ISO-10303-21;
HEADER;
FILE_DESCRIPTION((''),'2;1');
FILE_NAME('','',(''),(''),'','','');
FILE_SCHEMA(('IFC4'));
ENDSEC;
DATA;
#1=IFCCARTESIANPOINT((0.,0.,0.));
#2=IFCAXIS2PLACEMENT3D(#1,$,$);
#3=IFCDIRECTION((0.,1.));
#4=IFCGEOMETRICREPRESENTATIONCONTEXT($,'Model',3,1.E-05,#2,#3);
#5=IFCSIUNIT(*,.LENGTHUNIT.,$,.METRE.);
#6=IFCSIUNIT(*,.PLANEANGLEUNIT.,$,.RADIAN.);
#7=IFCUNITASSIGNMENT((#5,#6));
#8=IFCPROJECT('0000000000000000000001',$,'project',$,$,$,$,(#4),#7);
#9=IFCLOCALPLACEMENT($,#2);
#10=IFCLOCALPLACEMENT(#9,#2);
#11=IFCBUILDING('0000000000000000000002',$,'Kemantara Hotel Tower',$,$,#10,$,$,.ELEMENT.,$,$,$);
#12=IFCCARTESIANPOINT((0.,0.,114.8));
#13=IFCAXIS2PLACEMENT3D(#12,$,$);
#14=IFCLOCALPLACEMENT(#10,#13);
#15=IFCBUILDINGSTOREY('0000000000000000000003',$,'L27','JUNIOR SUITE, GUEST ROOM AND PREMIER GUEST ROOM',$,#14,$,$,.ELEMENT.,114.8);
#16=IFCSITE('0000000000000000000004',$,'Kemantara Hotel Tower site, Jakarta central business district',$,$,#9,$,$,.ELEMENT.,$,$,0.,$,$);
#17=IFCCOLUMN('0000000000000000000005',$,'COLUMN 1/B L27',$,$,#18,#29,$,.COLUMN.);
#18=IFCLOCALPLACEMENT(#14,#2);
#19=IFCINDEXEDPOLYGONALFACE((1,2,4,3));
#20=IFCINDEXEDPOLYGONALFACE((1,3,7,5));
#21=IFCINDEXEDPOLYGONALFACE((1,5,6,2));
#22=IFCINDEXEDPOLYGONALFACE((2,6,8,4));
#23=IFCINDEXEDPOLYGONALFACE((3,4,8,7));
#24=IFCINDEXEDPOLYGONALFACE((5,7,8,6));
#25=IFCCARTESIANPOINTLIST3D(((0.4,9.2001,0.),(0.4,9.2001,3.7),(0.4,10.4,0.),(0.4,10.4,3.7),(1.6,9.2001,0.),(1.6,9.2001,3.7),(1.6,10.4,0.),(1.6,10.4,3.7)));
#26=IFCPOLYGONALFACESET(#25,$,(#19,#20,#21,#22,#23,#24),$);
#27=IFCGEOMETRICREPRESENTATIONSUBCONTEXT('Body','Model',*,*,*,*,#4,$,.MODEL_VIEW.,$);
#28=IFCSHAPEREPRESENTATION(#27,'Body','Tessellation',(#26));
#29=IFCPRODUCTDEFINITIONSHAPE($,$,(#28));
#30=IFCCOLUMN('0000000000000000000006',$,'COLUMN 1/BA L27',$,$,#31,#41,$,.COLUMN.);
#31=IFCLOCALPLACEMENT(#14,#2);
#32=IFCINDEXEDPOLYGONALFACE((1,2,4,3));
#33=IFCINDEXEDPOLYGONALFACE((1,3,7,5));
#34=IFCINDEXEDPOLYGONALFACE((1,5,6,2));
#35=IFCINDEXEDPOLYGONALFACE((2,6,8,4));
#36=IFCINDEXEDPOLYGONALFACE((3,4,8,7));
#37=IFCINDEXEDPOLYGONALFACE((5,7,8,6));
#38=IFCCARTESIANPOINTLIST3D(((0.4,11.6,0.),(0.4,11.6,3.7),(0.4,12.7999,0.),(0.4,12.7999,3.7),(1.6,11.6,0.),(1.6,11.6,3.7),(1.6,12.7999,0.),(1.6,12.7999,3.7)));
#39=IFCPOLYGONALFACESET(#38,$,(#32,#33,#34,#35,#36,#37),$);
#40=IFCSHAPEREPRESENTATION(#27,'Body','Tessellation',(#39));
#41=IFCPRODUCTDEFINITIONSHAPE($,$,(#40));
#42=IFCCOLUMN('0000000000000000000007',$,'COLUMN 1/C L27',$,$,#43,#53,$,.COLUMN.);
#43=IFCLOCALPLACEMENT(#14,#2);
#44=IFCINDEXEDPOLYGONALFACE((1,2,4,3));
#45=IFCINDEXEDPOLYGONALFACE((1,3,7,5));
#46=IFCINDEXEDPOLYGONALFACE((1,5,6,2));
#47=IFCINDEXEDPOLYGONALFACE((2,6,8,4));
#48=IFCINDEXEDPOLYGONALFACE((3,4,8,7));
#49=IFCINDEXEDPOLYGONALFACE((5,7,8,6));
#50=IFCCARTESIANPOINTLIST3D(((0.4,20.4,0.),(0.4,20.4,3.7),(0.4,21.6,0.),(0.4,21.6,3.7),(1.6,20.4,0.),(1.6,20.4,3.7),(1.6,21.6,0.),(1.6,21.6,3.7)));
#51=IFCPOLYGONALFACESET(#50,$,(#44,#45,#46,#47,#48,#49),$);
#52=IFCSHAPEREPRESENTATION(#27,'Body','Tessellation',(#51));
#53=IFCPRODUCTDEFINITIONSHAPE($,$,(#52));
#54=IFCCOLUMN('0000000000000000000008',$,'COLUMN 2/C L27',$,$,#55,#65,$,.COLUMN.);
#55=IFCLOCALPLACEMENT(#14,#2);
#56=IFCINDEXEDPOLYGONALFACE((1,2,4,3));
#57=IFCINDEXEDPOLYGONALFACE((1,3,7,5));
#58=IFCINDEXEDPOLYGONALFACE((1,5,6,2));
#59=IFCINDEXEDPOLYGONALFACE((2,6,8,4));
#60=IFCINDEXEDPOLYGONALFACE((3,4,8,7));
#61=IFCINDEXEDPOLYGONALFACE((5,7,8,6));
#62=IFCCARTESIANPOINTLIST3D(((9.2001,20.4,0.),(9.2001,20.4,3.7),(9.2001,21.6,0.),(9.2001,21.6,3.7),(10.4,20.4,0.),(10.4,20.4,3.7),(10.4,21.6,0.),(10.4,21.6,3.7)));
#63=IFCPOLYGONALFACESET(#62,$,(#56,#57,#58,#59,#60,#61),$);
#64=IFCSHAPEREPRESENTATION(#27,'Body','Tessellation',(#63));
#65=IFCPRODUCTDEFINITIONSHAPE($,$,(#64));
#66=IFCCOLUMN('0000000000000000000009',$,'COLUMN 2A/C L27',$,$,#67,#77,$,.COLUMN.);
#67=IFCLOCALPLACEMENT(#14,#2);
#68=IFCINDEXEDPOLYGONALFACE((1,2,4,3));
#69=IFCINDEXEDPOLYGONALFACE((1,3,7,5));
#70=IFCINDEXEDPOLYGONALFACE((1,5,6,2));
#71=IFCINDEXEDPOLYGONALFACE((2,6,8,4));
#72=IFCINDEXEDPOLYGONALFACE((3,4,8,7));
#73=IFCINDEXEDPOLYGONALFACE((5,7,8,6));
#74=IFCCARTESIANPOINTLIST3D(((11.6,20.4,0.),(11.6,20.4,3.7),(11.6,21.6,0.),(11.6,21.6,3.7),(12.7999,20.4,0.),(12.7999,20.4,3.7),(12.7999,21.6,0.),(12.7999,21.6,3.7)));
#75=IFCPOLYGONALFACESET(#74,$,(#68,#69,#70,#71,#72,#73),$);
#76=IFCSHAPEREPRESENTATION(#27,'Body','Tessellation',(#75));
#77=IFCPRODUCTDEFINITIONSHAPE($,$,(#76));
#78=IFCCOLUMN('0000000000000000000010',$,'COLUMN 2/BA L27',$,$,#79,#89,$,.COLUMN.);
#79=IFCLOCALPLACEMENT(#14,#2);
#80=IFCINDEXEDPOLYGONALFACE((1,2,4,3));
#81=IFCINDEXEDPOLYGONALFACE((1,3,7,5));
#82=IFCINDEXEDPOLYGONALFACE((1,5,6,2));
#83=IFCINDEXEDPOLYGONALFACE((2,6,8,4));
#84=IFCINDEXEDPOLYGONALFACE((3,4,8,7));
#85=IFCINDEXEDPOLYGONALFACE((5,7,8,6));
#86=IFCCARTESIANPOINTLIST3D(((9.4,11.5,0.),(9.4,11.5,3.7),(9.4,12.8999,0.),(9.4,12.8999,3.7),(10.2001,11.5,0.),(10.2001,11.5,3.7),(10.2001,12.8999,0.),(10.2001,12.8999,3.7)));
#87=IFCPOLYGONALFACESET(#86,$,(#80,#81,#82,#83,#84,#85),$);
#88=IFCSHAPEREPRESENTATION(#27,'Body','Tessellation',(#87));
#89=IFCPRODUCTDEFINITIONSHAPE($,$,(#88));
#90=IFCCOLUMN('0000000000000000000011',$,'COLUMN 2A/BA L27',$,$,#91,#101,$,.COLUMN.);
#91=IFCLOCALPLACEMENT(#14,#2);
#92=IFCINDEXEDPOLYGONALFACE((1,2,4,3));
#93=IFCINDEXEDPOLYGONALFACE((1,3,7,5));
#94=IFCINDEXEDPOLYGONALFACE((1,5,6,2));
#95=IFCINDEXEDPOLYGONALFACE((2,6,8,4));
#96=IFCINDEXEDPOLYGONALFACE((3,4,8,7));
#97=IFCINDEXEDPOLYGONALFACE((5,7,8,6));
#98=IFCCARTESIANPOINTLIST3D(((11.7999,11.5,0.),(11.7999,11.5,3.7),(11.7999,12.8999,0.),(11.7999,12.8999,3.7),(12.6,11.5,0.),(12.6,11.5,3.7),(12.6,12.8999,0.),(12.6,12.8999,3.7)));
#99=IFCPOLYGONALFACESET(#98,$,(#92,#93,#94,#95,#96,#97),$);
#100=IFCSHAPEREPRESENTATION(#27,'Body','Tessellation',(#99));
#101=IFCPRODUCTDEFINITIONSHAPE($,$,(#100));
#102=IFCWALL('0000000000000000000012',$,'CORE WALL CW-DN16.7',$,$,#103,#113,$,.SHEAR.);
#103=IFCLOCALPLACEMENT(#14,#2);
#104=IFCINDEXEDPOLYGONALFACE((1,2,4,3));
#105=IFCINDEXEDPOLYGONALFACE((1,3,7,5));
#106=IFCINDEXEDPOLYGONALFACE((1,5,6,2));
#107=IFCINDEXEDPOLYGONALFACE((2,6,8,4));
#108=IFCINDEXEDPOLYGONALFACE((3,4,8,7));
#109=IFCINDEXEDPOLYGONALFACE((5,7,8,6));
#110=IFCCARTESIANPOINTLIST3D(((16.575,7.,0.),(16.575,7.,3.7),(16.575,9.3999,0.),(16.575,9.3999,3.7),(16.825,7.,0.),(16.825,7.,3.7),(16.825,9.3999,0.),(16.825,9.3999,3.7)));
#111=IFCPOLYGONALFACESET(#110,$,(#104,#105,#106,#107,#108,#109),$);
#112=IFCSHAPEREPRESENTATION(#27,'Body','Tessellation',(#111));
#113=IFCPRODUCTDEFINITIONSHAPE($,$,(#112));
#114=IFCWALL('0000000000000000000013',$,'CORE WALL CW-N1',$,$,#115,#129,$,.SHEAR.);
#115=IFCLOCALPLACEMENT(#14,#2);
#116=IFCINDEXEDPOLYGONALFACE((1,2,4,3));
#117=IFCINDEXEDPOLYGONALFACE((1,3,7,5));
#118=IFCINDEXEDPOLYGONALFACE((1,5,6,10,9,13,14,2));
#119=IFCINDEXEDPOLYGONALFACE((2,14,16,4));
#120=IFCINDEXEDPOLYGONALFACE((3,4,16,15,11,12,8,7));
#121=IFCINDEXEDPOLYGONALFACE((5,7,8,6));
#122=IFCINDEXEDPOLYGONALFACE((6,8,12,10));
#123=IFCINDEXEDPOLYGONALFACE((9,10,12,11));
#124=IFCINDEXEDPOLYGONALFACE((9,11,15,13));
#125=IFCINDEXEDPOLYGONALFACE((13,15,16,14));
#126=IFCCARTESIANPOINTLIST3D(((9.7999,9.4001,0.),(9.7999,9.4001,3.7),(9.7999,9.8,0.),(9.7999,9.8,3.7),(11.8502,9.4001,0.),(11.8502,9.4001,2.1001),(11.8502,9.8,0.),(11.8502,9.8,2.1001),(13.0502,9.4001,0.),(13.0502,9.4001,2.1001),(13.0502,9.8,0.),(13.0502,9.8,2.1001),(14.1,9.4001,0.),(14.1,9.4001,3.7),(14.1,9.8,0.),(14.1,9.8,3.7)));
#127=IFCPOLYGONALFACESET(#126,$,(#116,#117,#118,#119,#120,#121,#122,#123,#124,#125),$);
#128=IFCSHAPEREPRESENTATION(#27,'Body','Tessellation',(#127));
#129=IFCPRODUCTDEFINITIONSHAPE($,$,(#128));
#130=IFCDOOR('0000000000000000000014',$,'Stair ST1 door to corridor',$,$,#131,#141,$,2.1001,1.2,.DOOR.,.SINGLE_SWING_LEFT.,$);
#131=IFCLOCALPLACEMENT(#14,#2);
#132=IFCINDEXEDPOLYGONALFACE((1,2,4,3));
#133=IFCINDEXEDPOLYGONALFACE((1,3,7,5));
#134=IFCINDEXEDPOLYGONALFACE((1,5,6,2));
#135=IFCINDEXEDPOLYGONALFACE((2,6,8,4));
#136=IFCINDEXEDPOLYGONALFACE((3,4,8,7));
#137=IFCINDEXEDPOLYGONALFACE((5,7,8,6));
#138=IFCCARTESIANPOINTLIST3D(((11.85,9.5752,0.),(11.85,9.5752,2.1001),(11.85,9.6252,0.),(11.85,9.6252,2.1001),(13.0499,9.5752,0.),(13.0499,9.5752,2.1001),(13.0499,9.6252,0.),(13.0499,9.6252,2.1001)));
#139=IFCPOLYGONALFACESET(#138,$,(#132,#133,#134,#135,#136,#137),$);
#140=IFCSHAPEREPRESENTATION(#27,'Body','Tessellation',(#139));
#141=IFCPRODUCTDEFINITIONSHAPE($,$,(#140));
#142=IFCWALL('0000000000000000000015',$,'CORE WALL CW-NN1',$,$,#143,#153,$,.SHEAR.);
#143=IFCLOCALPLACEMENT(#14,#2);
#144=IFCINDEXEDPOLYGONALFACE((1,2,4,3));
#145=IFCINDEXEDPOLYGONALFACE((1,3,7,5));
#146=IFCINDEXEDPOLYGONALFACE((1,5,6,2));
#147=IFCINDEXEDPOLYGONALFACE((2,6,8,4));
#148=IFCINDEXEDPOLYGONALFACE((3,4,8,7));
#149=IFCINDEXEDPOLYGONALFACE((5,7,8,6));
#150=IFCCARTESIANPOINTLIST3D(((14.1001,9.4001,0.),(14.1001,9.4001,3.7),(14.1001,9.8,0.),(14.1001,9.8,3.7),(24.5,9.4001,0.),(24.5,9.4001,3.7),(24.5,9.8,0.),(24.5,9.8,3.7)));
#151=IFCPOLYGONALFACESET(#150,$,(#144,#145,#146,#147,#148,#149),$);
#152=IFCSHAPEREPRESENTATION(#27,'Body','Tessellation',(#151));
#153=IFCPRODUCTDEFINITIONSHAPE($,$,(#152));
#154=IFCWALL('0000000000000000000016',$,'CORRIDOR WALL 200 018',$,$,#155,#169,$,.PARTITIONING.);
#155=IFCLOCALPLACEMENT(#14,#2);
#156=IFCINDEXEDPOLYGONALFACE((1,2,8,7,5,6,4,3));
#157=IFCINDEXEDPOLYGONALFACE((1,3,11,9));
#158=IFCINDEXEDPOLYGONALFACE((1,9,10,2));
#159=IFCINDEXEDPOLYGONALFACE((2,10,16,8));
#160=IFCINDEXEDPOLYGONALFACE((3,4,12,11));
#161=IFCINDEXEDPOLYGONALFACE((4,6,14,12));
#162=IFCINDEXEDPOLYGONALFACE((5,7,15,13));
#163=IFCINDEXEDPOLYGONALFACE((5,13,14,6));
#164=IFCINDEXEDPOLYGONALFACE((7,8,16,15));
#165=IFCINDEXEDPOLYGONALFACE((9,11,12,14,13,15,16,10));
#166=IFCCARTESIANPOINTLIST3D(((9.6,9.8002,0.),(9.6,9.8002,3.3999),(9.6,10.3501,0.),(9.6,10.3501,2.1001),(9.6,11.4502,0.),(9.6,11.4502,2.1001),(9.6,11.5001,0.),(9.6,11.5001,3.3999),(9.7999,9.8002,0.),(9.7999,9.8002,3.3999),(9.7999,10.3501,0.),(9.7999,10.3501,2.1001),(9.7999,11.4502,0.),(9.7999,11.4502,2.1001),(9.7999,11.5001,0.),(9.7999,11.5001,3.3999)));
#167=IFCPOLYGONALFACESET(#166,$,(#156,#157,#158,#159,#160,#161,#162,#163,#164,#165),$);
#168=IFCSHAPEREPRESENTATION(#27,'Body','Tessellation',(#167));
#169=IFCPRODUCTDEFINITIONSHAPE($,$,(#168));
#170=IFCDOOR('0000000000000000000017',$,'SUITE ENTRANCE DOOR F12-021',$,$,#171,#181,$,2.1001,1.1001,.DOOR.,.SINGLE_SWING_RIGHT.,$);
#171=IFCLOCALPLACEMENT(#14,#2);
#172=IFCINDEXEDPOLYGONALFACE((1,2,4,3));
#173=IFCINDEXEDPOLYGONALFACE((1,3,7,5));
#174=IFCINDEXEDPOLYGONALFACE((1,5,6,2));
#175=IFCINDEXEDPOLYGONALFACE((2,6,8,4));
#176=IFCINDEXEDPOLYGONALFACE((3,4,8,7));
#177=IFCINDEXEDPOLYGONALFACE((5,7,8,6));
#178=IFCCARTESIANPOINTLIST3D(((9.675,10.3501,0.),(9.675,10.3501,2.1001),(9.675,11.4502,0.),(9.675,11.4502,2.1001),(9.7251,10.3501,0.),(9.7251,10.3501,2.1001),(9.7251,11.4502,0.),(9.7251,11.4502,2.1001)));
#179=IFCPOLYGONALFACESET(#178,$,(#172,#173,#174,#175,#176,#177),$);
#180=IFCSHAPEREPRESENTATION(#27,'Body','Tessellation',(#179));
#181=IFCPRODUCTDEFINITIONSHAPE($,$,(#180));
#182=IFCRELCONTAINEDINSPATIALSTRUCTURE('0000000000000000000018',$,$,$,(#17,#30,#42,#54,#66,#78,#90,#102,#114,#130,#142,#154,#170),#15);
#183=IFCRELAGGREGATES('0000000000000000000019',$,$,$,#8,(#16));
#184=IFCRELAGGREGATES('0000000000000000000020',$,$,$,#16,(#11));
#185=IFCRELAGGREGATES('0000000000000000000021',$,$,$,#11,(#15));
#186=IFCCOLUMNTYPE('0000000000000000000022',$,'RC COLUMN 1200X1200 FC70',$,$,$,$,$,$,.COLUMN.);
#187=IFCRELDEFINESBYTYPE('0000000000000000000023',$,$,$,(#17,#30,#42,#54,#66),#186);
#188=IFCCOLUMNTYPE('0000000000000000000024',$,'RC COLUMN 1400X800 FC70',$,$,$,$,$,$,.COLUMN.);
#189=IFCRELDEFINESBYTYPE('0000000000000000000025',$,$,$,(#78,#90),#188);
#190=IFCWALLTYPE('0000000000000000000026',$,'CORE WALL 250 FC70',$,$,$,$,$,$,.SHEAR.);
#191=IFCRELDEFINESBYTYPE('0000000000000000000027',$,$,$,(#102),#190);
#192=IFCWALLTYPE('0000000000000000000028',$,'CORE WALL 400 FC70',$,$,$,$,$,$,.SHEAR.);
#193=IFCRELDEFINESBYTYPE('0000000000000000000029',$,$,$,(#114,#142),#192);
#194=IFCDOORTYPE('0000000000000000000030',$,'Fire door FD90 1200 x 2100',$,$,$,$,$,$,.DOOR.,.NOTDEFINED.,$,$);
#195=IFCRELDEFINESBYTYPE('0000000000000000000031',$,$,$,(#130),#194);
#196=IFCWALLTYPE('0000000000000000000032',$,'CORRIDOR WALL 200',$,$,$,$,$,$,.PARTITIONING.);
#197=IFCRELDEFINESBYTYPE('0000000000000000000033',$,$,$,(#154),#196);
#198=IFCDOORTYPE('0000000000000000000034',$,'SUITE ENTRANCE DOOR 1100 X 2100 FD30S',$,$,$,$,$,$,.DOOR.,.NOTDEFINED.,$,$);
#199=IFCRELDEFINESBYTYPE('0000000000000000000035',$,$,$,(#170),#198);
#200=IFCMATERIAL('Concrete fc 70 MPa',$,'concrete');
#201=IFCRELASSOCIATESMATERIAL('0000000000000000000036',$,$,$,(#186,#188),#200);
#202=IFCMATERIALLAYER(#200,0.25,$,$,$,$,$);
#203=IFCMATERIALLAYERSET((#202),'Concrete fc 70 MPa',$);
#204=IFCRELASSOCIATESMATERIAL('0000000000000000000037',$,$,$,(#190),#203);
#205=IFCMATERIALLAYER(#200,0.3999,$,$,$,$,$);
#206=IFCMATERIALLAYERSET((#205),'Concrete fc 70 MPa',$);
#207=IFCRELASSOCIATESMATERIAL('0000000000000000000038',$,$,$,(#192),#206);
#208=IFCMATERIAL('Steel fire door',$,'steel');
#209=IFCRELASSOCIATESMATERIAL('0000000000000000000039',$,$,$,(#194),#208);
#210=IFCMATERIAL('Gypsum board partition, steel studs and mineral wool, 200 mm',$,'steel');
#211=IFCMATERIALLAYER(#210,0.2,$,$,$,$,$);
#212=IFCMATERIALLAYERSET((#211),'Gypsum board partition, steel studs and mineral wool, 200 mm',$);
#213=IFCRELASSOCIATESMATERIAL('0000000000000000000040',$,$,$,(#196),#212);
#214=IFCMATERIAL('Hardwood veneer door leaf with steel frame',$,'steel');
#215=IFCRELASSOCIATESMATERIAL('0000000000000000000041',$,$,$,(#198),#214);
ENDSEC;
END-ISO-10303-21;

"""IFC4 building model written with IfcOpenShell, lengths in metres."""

from ifc_helpers import new_model, si_unit, direction, frame, frame_2d, origin, origin_2d, place, context, subcontext, project, spatial, rectangle, extrude, material, layer, layer_set, material_profile, profile_set, type_object, element, fill, save


model = new_model("IFC4")

# Units and contexts
model_context = context("Model", 3, precision=1e-05, world=origin(), true_north=direction((0.0, 1.0)))
body_context = subcontext(model_context, "Body", "Model", "MODEL_VIEW")
ifc_project = project(units=[si_unit("LENGTHUNIT", "METRE"), si_unit("PLANEANGLEUNIT", "RADIAN")], contexts=[model_context])

# Site, building, storey
site_placement = place(None, origin())
site = spatial("IfcSite", under=ifc_project, at=site_placement, Name="Kemantara Hotel Tower site, Jakarta central business district", CompositionType="ELEMENT", RefElevation=0.0)
building_placement = place(site_placement, origin())
building = spatial("IfcBuilding", under=site, at=building_placement, Name="Kemantara Hotel Tower", CompositionType="ELEMENT")
storey_placement = place(building_placement, frame((0.0, 0.0, 114.8)))
storey = spatial("IfcBuildingStorey", under=building, at=storey_placement, Name="L27", Description="JUNIOR SUITE, GUEST ROOM AND PREMIER GUEST ROOM", CompositionType="ELEMENT", Elevation=114.8)

# Columns
ifc_material_1 = material(Name="Concrete fc 70 MPa", Category="concrete")
ifc_material_profile_1 = material_profile(ifc_material_1, rectangle(XDim=1.2, YDim=1.2, at=origin_2d()), Name="RC 1200X1200")
ifc_profile_set_1 = profile_set([ifc_material_profile_1], Name="Concrete fc 70 MPa")
column_type_1 = type_object("IfcColumnType", Name="RC COLUMN 1200X1200 FC70", PredefinedType="COLUMN", material=ifc_profile_set_1)
for number, where, z_axis, x_axis, name in (
    (1, (1.0, 9.8, 0.0), (0.0, 0.0, 1.0), (1.0, 0.0, 0.0), "COLUMN 1/B L27"),
    (2, (1.0, 12.2, 0.0), (0.0, 0.0, 1.0), (1.0, 0.0, 0.0), "COLUMN 1/BA L27"),
    (3, (1.0, 21.0, 0.0), (0.0, 0.0, 1.0), (1.0, 0.0, 0.0), "COLUMN 1/C L27"),
    (4, (9.8, 21.0, 0.0), (0.0, 0.0, 1.0), (1.0, 0.0, 0.0), "COLUMN 2/C L27"),
    (5, (12.2, 21.0, 0.0), (0.0, 0.0, 1.0), (1.0, 0.0, 0.0), "COLUMN 2A/C L27"),
):
    element("IfcColumn", number, at=place(storey_placement, frame(where, z_axis=z_axis, x_axis=x_axis)), inside=storey, type_object=column_type_1, Name=name, PredefinedType="COLUMN", context=body_context, shape_type="SweptSolid", body=[
        extrude(rectangle(XDim=1.2, YDim=1.2, at=origin_2d()), origin(), (0.0, 0.0, 1.0), 3.7),
    ])
ifc_material_profile_2 = material_profile(ifc_material_1, rectangle(XDim=1.3999, YDim=0.8, at=origin_2d()), Name="RC 1400X800")
ifc_profile_set_2 = profile_set([ifc_material_profile_2], Name="Concrete fc 70 MPa")
column_type_2 = type_object("IfcColumnType", Name="RC COLUMN 1400X800 FC70", PredefinedType="COLUMN", material=ifc_profile_set_2)
for number, where, z_axis, x_axis, name in (
    (6, (9.8, 12.2, 0.0), (0.0, 0.0, 1.0), (0.0, 1.0, 0.0), "COLUMN 2/BA L27"),
    (7, (12.2, 12.2, 0.0), (0.0, 0.0, 1.0), (0.0, 1.0, 0.0), "COLUMN 2A/BA L27"),
):
    element("IfcColumn", number, at=place(storey_placement, frame(where, z_axis=z_axis, x_axis=x_axis)), inside=storey, type_object=column_type_2, Name=name, PredefinedType="COLUMN", context=body_context, shape_type="SweptSolid", body=[
        extrude(rectangle(XDim=1.3999, YDim=0.8, at=origin_2d()), origin(), (0.0, 0.0, 1.0), 3.7),
    ])

# Wall
ifc_layer_1 = layer(ifc_material_1, 0.25)
ifc_layer_set_1 = layer_set([ifc_layer_1], Name="Concrete fc 70 MPa")
wall_type_1 = type_object("IfcWallType", Name="CORE WALL 250 FC70", PredefinedType="SHEAR", material=ifc_layer_set_1)
wall_1_placement = place(storey_placement, frame((16.7, 7.0, 0.0), z_axis=(0.0, 0.0, 1.0), x_axis=(0.0, 1.0, 0.0)))
element("IfcWall", 8, at=wall_1_placement, inside=storey, type_object=wall_type_1, Name="CORE WALL CW-DN16.7", PredefinedType="SHEAR", context=body_context, shape_type="SweptSolid", body=[
    extrude(rectangle(XDim=2.3999, YDim=0.25, at=frame_2d((1.2, 0.0))), origin(), (0.0, 0.0, 1.0), 3.7),
])

# Wall, opening, door
ifc_layer_2 = layer(ifc_material_1, 0.3999)
ifc_layer_set_2 = layer_set([ifc_layer_2], Name="Concrete fc 70 MPa")
wall_type_2 = type_object("IfcWallType", Name="CORE WALL 400 FC70", PredefinedType="SHEAR", material=ifc_layer_set_2)
wall_2_placement = place(storey_placement, frame((9.8, 9.6001, 0.0), z_axis=(0.0, 0.0, 1.0), x_axis=(1.0, 0.0, 0.0)))
wall_2 = element("IfcWall", 9, at=wall_2_placement, inside=storey, type_object=wall_type_2, Name="CORE WALL CW-N1", PredefinedType="SHEAR", context=body_context, shape_type="SweptSolid", body=[
    extrude(rectangle(XDim=4.3, YDim=0.3999, at=frame_2d((2.1499, 0.0))), origin(), (0.0, 0.0, 1.0), 3.7),
])
opening_1_placement = place(wall_2_placement, frame((2.05, 0.0, 0.0)))
opening_1 = element("IfcOpeningElement", 10, at=opening_1_placement, cuts=wall_2, PredefinedType="OPENING", context=body_context, shape_type="SweptSolid", body=[
    extrude(rectangle(XDim=1.2, YDim=2.1001, at=frame_2d((0.6001, 1.05))), frame((0.0, 0.21, 0.0), z_axis=(0.0, -1.0, 0.0), x_axis=(1.0, 0.0, 0.0)), (0.0, 0.0, 1.0), 0.4199),
])
ifc_material_2 = material(Name="Steel fire door", Category="steel")
door_type_1 = type_object("IfcDoorType", Name="Fire door FD90 1200 x 2100", OperationType="NOTDEFINED", PredefinedType="DOOR", material=ifc_material_2)
door_1_placement = place(opening_1_placement, frame((1.2, 0.0, 0.0), z_axis=(0.0, 0.0, 1.0), x_axis=(-1.0, 0.0, 0.0)))
door_1 = element("IfcDoor", 11, at=door_1_placement, inside=storey, type_object=door_type_1, Name="Stair ST1 door to corridor", OperationType="SINGLE_SWING_LEFT", OverallHeight=2.1001, OverallWidth=1.2, PredefinedType="DOOR", context=body_context, shape_type="SweptSolid", body=[
    extrude(rectangle(XDim=1.2, YDim=2.1001, at=frame_2d((0.6001, 1.05))), frame((0.0, 0.0249, 0.0), z_axis=(0.0, -1.0, 0.0), x_axis=(1.0, 0.0, 0.0)), (0.0, 0.0, 1.0), 0.05),
])
fill(opening_1, door_1)

# Wall
wall_3_placement = place(storey_placement, frame((14.1001, 9.6001, 0.0), z_axis=(0.0, 0.0, 1.0), x_axis=(1.0, 0.0, 0.0)))
element("IfcWall", 12, at=wall_3_placement, inside=storey, type_object=wall_type_2, Name="CORE WALL CW-NN1", PredefinedType="SHEAR", context=body_context, shape_type="SweptSolid", body=[
    extrude(rectangle(XDim=10.3999, YDim=0.3999, at=frame_2d((5.2, 0.0))), origin(), (0.0, 0.0, 1.0), 3.7),
])

# Wall, opening, door
ifc_material_3 = material(Name="Gypsum board partition, steel studs and mineral wool, 200 mm", Category="steel")
ifc_layer_3 = layer(ifc_material_3, 0.2)
ifc_layer_set_3 = layer_set([ifc_layer_3], Name="Gypsum board partition, steel studs and mineral wool, 200 mm")
wall_type_3 = type_object("IfcWallType", Name="CORRIDOR WALL 200", PredefinedType="PARTITIONING", material=ifc_layer_set_3)
wall_4_placement = place(storey_placement, frame((9.7, 9.8, 0.0), z_axis=(0.0, 0.0, 1.0), x_axis=(0.0, 1.0, 0.0)))
wall_4 = element("IfcWall", 13, at=wall_4_placement, inside=storey, type_object=wall_type_3, Name="CORRIDOR WALL 200 018", PredefinedType="PARTITIONING", context=body_context, shape_type="SweptSolid", body=[
    extrude(rectangle(XDim=1.7, YDim=0.2, at=frame_2d((0.8501, 0.0))), origin(), (0.0, 0.0, 1.0), 3.3999),
])
opening_2_placement = place(wall_4_placement, frame((0.55, 0.0, 0.0)))
opening_2 = element("IfcOpeningElement", 14, at=opening_2_placement, cuts=wall_4, PredefinedType="OPENING", context=body_context, shape_type="SweptSolid", body=[
    extrude(rectangle(XDim=1.1001, YDim=2.1001, at=frame_2d((0.55, 1.05))), frame((0.0, 0.1099, 0.0), z_axis=(0.0, -1.0, 0.0), x_axis=(1.0, 0.0, 0.0)), (0.0, 0.0, 1.0), 0.22),
])
ifc_material_4 = material(Name="Hardwood veneer door leaf with steel frame", Category="steel")
door_type_2 = type_object("IfcDoorType", Name="SUITE ENTRANCE DOOR 1100 X 2100 FD30S", OperationType="NOTDEFINED", PredefinedType="DOOR", material=ifc_material_4)
door_2_placement = place(opening_2_placement, origin())
door_2 = element("IfcDoor", 15, at=door_2_placement, inside=storey, type_object=door_type_2, Name="SUITE ENTRANCE DOOR F12-021", OperationType="SINGLE_SWING_RIGHT", OverallHeight=2.1001, OverallWidth=1.1001, PredefinedType="DOOR", context=body_context, shape_type="SweptSolid", body=[
    extrude(rectangle(XDim=1.1001, YDim=2.1001, at=frame_2d((0.55, 1.05))), frame((0.0, 0.0249, 0.0), z_axis=(0.0, -1.0, 0.0), x_axis=(1.0, 0.0, 0.0)), (0.0, 0.0, 1.0), 0.05),
])
fill(opening_2, door_2)

save(model, "model.ifc")
